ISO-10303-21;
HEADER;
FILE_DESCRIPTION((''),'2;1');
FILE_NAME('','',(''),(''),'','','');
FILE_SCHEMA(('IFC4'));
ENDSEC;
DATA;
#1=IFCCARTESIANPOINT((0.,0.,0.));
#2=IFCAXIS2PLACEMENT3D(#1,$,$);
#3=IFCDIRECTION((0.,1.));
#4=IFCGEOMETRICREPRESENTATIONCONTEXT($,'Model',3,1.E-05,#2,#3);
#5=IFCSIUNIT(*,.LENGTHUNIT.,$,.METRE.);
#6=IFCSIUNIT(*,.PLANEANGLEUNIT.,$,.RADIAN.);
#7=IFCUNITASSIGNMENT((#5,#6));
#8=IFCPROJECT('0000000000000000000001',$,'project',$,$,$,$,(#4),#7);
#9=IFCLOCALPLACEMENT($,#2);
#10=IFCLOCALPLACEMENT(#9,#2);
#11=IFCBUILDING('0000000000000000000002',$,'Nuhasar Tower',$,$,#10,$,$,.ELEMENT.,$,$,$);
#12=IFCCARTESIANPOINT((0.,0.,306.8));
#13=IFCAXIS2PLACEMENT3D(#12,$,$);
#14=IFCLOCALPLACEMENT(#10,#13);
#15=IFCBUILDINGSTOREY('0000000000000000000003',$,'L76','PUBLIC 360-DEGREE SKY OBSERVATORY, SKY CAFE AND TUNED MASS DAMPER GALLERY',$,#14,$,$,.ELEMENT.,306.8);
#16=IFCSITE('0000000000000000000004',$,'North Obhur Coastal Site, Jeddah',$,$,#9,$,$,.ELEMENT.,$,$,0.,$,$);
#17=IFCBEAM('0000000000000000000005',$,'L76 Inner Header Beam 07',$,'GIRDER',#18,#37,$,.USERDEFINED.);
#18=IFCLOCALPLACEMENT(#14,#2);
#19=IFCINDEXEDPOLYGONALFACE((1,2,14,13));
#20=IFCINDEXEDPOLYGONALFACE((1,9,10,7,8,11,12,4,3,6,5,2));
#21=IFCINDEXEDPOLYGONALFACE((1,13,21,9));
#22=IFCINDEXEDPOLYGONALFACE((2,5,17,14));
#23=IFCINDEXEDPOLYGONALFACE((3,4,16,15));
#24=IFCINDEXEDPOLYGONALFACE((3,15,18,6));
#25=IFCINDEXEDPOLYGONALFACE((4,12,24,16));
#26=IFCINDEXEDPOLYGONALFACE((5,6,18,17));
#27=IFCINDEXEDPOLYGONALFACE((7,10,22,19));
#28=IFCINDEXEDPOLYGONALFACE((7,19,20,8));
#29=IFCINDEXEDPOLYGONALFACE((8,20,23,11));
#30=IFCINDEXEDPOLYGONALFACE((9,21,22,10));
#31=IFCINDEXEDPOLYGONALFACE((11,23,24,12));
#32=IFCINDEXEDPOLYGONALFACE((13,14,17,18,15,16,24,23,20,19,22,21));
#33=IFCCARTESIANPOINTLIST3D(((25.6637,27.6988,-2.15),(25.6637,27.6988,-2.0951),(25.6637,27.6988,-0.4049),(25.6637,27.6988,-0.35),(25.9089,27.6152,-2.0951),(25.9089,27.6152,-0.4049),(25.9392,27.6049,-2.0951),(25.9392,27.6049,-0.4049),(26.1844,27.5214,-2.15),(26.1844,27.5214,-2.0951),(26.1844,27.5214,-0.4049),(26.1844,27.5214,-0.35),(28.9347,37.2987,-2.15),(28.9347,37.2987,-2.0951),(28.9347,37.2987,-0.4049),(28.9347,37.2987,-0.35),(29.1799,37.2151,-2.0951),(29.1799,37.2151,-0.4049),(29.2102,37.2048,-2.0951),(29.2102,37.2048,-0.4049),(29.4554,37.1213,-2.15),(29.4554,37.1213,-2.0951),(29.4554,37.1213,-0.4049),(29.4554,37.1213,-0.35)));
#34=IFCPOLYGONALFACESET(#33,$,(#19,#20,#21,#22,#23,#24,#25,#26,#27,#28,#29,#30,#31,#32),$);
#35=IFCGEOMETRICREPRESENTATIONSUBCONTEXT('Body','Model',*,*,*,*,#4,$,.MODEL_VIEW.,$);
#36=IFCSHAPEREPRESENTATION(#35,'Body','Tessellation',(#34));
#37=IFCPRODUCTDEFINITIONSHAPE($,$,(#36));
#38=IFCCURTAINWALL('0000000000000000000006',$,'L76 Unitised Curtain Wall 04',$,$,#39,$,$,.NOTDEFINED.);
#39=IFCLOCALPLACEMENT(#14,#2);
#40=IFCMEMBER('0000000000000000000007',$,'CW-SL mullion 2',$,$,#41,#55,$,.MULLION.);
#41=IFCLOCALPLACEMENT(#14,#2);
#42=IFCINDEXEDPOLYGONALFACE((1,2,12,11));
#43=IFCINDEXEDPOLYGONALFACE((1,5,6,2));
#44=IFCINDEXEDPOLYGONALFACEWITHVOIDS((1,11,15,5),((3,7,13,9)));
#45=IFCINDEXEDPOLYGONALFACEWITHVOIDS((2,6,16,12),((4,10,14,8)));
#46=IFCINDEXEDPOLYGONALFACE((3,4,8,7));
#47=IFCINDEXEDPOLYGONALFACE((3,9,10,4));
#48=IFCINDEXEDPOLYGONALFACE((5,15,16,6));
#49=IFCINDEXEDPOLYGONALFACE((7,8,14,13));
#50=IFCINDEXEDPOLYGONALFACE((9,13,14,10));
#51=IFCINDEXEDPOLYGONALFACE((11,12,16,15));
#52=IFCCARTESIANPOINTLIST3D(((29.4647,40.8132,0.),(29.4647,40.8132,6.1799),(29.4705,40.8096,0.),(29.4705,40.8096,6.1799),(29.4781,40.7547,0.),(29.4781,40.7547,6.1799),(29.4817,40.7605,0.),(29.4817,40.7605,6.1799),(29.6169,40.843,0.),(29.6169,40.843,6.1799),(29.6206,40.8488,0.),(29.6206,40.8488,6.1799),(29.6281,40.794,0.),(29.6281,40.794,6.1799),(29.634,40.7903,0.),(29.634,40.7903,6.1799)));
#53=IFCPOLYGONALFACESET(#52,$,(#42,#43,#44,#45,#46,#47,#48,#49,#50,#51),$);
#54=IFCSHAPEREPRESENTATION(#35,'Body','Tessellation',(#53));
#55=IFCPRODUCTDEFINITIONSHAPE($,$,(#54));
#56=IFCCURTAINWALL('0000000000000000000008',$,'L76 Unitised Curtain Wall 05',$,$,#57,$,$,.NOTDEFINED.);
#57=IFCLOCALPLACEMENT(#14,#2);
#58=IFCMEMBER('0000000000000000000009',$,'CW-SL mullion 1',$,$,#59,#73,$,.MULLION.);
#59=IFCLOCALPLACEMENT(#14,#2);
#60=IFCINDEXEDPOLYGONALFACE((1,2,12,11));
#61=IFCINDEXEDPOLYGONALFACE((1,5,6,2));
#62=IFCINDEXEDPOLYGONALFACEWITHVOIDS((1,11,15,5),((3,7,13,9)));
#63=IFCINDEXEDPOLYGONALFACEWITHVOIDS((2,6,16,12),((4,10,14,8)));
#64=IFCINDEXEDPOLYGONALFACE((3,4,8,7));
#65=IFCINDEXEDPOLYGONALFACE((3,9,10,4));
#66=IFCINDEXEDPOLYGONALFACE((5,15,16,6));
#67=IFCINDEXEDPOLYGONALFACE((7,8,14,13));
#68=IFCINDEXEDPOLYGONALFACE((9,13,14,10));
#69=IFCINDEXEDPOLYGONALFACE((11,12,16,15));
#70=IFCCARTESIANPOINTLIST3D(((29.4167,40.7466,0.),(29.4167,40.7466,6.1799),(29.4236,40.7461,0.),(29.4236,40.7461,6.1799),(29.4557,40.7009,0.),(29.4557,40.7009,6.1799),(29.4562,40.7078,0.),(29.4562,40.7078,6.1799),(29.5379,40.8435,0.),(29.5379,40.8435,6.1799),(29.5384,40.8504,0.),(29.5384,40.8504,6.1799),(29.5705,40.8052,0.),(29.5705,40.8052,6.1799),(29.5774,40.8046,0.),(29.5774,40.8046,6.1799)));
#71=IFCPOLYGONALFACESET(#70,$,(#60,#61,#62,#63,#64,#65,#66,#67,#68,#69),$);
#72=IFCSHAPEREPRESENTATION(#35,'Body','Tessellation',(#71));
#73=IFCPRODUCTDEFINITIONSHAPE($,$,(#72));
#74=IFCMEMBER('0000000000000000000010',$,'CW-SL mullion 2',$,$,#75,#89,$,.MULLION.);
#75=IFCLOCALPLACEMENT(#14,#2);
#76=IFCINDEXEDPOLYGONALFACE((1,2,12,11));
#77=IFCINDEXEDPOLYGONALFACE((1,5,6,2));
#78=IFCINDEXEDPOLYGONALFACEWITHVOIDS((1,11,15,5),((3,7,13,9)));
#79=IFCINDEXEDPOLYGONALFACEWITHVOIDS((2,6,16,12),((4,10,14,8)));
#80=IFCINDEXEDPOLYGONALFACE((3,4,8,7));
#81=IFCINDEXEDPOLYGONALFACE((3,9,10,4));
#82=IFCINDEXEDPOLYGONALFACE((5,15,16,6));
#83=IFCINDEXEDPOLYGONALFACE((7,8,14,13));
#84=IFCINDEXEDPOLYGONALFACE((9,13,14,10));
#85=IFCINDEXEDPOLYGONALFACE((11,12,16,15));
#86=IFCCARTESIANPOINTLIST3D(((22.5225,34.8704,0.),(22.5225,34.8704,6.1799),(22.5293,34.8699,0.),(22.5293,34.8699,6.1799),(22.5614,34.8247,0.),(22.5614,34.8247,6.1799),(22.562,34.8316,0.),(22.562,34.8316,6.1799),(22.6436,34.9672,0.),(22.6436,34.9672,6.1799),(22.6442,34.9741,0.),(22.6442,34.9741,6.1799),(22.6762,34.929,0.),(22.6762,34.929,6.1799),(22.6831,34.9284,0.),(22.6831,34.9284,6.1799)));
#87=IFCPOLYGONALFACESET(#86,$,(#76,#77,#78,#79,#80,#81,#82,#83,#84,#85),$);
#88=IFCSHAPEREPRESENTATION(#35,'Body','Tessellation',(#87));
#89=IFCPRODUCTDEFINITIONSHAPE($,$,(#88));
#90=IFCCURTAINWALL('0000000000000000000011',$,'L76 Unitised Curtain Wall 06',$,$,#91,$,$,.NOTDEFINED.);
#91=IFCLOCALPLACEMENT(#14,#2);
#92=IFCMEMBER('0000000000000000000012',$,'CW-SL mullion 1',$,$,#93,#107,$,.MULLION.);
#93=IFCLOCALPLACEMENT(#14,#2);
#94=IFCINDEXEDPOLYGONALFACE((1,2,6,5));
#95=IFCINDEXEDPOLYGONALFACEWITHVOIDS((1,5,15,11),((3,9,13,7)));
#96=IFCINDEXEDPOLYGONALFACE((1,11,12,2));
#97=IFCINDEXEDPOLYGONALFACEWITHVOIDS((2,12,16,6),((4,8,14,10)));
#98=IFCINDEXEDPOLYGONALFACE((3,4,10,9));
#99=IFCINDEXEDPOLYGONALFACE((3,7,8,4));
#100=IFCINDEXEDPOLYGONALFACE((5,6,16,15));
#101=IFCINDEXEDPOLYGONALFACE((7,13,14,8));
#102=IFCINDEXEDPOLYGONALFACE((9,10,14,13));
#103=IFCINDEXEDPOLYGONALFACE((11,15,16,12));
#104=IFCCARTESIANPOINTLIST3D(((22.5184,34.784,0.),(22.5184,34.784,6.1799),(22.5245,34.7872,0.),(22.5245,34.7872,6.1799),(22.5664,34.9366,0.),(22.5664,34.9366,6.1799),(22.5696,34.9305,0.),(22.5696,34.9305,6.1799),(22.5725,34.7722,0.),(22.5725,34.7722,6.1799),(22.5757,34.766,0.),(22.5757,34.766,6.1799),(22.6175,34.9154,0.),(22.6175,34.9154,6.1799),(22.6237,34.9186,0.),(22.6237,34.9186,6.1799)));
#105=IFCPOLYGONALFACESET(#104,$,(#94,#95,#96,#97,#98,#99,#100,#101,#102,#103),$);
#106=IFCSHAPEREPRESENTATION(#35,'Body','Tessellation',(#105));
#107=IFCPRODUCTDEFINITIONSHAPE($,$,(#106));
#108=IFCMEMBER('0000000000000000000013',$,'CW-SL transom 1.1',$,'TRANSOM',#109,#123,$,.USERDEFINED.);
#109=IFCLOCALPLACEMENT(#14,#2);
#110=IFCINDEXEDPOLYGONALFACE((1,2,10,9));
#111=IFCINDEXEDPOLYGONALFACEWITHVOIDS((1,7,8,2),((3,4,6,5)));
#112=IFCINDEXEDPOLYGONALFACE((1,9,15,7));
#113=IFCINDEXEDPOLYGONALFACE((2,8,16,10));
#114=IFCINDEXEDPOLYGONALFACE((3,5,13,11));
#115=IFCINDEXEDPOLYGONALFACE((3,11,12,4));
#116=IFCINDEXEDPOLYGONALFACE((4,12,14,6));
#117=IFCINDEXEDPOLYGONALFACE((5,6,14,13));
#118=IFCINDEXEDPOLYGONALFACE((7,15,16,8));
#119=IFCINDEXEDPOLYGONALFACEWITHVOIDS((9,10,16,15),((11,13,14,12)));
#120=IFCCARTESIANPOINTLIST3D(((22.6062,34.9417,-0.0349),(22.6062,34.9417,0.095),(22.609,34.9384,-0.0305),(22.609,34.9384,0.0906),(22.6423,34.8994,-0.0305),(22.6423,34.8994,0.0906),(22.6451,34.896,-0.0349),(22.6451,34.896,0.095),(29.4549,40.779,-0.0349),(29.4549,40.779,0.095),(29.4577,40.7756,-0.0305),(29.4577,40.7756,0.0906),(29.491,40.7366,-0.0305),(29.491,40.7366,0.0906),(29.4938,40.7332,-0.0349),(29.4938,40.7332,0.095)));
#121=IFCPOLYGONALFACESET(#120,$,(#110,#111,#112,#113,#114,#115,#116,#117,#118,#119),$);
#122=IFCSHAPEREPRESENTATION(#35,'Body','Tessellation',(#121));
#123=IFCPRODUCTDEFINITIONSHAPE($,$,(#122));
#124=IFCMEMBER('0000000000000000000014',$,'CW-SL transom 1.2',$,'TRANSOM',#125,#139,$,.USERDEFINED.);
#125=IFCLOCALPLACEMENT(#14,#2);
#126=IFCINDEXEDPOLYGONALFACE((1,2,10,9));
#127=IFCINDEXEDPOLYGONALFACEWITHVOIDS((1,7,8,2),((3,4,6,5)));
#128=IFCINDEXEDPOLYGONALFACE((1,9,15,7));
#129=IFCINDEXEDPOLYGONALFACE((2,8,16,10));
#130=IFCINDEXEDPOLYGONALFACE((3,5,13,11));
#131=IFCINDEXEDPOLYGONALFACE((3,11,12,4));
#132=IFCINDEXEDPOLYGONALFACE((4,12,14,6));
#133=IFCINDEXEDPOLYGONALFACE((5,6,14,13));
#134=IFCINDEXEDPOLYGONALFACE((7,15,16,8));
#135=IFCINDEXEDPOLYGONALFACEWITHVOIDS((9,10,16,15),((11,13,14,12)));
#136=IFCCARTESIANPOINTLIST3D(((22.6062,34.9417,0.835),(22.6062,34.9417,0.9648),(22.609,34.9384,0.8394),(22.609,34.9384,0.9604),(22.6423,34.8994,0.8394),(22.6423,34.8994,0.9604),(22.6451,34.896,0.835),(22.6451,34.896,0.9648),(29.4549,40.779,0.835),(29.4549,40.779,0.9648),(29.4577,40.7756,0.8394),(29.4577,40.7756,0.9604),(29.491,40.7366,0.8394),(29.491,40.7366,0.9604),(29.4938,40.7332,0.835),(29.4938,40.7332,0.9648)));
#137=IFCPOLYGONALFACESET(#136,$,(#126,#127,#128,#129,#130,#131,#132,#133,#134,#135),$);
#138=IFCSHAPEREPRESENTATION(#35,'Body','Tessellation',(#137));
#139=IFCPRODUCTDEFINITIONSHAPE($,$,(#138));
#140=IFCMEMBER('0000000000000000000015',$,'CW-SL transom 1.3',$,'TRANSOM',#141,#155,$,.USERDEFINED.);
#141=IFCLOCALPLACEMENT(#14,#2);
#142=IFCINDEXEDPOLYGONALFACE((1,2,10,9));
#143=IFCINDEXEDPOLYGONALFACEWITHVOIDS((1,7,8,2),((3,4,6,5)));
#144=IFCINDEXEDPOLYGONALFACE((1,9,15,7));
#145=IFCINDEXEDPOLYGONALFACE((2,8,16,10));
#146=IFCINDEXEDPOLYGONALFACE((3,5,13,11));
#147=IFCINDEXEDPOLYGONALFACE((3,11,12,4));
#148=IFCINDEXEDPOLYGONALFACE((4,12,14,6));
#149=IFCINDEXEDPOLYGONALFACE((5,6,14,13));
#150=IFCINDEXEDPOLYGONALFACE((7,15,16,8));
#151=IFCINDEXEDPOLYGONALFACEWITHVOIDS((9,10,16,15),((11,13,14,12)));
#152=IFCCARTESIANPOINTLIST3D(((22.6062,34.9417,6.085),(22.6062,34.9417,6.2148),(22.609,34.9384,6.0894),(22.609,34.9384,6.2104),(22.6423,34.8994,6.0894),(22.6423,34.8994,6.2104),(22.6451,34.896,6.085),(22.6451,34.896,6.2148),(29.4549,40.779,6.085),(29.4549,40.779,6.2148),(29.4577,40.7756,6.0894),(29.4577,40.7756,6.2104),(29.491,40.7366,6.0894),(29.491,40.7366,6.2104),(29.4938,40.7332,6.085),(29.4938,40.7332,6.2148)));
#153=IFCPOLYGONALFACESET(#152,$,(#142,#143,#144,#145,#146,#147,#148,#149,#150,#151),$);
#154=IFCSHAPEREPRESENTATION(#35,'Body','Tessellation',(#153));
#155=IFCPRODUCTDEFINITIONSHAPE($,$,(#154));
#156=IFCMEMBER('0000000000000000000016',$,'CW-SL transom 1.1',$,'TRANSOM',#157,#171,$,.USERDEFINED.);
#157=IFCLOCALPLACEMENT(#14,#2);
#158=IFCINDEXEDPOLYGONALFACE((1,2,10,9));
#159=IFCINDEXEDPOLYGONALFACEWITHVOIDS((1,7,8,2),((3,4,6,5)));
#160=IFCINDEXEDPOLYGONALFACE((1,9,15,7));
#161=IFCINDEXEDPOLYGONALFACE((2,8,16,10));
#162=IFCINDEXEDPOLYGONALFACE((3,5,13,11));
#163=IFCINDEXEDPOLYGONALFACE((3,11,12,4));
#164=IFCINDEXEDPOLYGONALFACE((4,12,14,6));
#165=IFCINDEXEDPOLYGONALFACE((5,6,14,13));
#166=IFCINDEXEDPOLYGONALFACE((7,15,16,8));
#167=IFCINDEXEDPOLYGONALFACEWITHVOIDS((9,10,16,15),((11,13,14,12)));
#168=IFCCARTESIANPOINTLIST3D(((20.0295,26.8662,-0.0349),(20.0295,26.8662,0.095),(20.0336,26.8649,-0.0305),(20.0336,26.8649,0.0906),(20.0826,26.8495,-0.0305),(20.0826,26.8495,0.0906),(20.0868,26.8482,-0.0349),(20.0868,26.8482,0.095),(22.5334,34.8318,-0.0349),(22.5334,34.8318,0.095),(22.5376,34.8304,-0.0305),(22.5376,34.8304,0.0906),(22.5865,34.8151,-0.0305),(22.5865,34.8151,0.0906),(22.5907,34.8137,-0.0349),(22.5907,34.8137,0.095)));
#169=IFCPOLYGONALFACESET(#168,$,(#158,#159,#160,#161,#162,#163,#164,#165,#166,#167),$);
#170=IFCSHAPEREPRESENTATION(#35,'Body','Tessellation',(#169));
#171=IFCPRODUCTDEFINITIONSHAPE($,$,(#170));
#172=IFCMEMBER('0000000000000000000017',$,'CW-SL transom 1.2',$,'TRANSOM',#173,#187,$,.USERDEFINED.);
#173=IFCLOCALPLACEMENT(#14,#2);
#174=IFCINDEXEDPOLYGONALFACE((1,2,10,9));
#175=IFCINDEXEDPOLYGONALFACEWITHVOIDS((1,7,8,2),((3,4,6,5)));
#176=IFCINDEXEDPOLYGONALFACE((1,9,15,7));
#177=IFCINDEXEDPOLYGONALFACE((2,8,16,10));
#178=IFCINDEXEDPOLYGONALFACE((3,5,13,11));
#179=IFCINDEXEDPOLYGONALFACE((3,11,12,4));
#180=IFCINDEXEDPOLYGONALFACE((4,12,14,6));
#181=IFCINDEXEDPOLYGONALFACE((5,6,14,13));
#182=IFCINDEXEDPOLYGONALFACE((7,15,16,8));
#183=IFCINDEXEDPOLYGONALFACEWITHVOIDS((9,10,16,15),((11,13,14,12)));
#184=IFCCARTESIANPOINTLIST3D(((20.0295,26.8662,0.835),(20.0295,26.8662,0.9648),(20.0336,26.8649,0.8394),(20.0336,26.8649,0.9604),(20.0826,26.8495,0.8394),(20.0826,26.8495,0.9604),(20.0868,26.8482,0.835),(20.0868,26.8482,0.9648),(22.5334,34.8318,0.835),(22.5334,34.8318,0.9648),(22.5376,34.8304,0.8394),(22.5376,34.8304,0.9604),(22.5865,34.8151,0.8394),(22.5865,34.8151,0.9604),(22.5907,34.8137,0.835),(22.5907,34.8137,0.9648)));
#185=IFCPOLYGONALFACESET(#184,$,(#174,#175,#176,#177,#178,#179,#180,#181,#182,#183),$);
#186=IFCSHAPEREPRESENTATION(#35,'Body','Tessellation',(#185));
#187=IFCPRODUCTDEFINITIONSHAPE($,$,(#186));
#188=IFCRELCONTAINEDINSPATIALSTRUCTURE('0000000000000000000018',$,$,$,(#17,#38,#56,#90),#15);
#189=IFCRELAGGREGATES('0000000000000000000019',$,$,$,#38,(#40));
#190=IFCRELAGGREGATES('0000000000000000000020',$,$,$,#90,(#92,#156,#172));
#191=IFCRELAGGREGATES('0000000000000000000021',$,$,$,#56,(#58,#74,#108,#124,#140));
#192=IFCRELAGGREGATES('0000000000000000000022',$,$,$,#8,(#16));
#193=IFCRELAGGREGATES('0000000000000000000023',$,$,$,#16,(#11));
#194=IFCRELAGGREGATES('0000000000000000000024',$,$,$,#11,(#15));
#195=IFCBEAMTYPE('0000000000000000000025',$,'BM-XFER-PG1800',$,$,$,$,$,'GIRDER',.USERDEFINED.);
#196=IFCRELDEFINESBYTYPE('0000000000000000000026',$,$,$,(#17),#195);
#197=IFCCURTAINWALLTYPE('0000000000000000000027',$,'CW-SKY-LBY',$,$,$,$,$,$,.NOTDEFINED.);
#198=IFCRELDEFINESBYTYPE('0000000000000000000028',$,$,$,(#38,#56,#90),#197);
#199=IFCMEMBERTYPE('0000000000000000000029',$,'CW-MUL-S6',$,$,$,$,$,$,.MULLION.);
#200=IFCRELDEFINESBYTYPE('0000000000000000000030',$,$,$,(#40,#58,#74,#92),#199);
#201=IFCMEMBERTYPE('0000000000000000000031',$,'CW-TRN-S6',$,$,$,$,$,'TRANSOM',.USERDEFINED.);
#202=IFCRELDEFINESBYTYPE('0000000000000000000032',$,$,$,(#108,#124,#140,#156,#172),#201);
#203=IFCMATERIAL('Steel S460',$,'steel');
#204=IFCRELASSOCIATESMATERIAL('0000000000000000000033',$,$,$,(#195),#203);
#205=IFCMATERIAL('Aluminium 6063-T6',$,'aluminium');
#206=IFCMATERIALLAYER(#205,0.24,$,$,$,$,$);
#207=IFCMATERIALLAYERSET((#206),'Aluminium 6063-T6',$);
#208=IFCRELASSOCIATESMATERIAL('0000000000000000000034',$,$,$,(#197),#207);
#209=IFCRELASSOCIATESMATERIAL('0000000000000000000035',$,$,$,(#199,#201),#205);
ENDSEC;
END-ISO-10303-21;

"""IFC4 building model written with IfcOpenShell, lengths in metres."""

from ifc_helpers import new_model, si_unit, direction, frame, origin, origin_2d, place, context, subcontext, project, spatial, hollow_rectangle, i_section, extrude, material, layer, layer_set, material_profile, profile_set, type_object, element, aggregate, save


model = new_model("IFC4")

# Units and contexts
model_context = context("Model", 3, precision=1e-05, world=origin(), true_north=direction((0.0, 1.0)))
body_context = subcontext(model_context, "Body", "Model", "MODEL_VIEW")
ifc_project = project(units=[si_unit("LENGTHUNIT", "METRE"), si_unit("PLANEANGLEUNIT", "RADIAN")], contexts=[model_context])

# Site, building, storey
site_placement = place(None, origin())
site = spatial("IfcSite", under=ifc_project, at=site_placement, Name="North Obhur Coastal Site, Jeddah", CompositionType="ELEMENT", RefElevation=0.0)
building_placement = place(site_placement, origin())
building = spatial("IfcBuilding", under=site, at=building_placement, Name="Nuhasar Tower", CompositionType="ELEMENT")
storey_placement = place(building_placement, frame((0.0, 0.0, 306.8)))
storey = spatial("IfcBuildingStorey", under=building, at=storey_placement, Name="L76", Description="PUBLIC 360-DEGREE SKY OBSERVATORY, SKY CAFE AND TUNED MASS DAMPER GALLERY", CompositionType="ELEMENT", Elevation=306.8)

# Beam
ifc_material_1 = material(Name="Steel S460", Category="steel")
ifc_material_profile_1 = material_profile(ifc_material_1, i_section(OverallWidth=0.55, OverallDepth=1.8, WebThickness=0.032, FlangeThickness=0.0549, at=origin_2d()), Name="PG1800X550")
ifc_profile_set_1 = profile_set([ifc_material_profile_1], Name="Steel S460")
beam_type_1 = type_object("IfcBeamType", Name="BM-XFER-PG1800", ElementType="GIRDER", PredefinedType="USERDEFINED", material=ifc_profile_set_1)
beam_1_placement = place(storey_placement, frame((29.1951, 37.21, -1.25), z_axis=(-0.322525, -0.946561, 0.0), x_axis=(0.946561, -0.322525, 0.0)))
element("IfcBeam", 1, at=beam_1_placement, inside=storey, type_object=beam_type_1, Name="L76 Inner Header Beam 07", ObjectType="GIRDER", PredefinedType="USERDEFINED", context=body_context, shape_type="SweptSolid", body=[
    extrude(i_section(OverallWidth=0.55, OverallDepth=1.8, WebThickness=0.032, FlangeThickness=0.0549, at=origin_2d()), origin(), (0.0, 0.0, 1.0), 10.1418),
])

# Curtain wall, member
ifc_material_2 = material(Name="Aluminium 6063-T6", Category="aluminium")
ifc_layer_1 = layer(ifc_material_2, 0.24)
ifc_layer_set_1 = layer_set([ifc_layer_1], Name="Aluminium 6063-T6")
curtain_wall_type = type_object("IfcCurtainWallType", Name="CW-SKY-LBY", PredefinedType="NOTDEFINED", material=ifc_layer_set_1)
curtain_wall_1_placement = place(storey_placement, origin())
curtain_wall_1 = element("IfcCurtainWall", 2, at=curtain_wall_1_placement, inside=storey, type_object=curtain_wall_type, Name="L76 Unitised Curtain Wall 04", PredefinedType="NOTDEFINED")
ifc_material_profile_2 = material_profile(ifc_material_2, hollow_rectangle(XDim=0.0601, YDim=0.1599, WallThickness=0.0049, at=origin_2d()), Name="CWM-6")
ifc_profile_set_2 = profile_set([ifc_material_profile_2], Name="Aluminium 6063-T6")
member_type_1 = type_object("IfcMemberType", Name="CW-MUL-S6", PredefinedType="MULLION", material=ifc_profile_set_2)
member_1_placement = place(storey_placement, frame((29.5493, 40.8018, 0.0), z_axis=(0.0, 0.0, 1.0), x_axis=(0.222643, -0.9749, 0.0)))
member_1 = element("IfcMember", 3, at=member_1_placement, type_object=member_type_1, Name="CW-SL mullion 2", PredefinedType="MULLION", context=body_context, shape_type="SweptSolid", body=[
    extrude(hollow_rectangle(XDim=0.0601, YDim=0.1599, WallThickness=0.0049, at=origin_2d()), origin(), (0.0, 0.0, 1.0), 6.1799),
])
aggregate(curtain_wall_1, [member_1])

# Curtain wall, members
curtain_wall_2_placement = place(storey_placement, origin())
curtain_wall_2 = element("IfcCurtainWall", 4, at=curtain_wall_2_placement, inside=storey, type_object=curtain_wall_type, Name="L76 Unitised Curtain Wall 05", PredefinedType="NOTDEFINED")
member_2_placement = place(storey_placement, frame((29.4971, 40.7756, 0.0), z_axis=(0.0, 0.0, 1.0), x_axis=(0.648666, -0.761073, 0.0)))
member_2 = element("IfcMember", 5, at=member_2_placement, type_object=member_type_1, Name="CW-SL mullion 1", PredefinedType="MULLION", context=body_context, shape_type="SweptSolid", body=[
    extrude(hollow_rectangle(XDim=0.0601, YDim=0.1599, WallThickness=0.0049, at=origin_2d()), origin(), (0.0, 0.0, 1.0), 6.1799),
])
member_3_placement = place(storey_placement, frame((22.6028, 34.8994, 0.0), z_axis=(0.0, 0.0, 1.0), x_axis=(0.648666, -0.761073, 0.0)))
member_3 = element("IfcMember", 6, at=member_3_placement, type_object=member_type_1, Name="CW-SL mullion 2", PredefinedType="MULLION", context=body_context, shape_type="SweptSolid", body=[
    extrude(hollow_rectangle(XDim=0.0601, YDim=0.1599, WallThickness=0.0049, at=origin_2d()), origin(), (0.0, 0.0, 1.0), 6.1799),
])

# Curtain wall, member
curtain_wall_3_placement = place(storey_placement, origin())
curtain_wall_3 = element("IfcCurtainWall", 7, at=curtain_wall_3_placement, inside=storey, type_object=curtain_wall_type, Name="L76 Unitised Curtain Wall 06", PredefinedType="NOTDEFINED")
member_4_placement = place(storey_placement, frame((22.571, 34.8513, 0.0), z_axis=(0.0, 0.0, 1.0), x_axis=(0.953974, -0.299888, 0.0)))
member_4 = element("IfcMember", 8, at=member_4_placement, type_object=member_type_1, Name="CW-SL mullion 1", PredefinedType="MULLION", context=body_context, shape_type="SweptSolid", body=[
    extrude(hollow_rectangle(XDim=0.0601, YDim=0.1599, WallThickness=0.0049, at=origin_2d()), origin(), (0.0, 0.0, 1.0), 6.1799),
])

# Members
ifc_material_profile_3 = material_profile(ifc_material_2, hollow_rectangle(XDim=0.0601, YDim=0.1299, WallThickness=0.0044, at=origin_2d()), Name="CWT-6")
ifc_profile_set_3 = profile_set([ifc_material_profile_3], Name="Aluminium 6063-T6")
member_type_2 = type_object("IfcMemberType", Name="CW-TRN-S6", ElementType="TRANSOM", PredefinedType="USERDEFINED", material=ifc_profile_set_3)
member_5_placement = place(storey_placement, frame((29.4744, 40.7561, 0.03), z_axis=(-0.761071, -0.648668, 0.0), x_axis=(0.648668, -0.761071, 0.0)))
member_5 = element("IfcMember", 9, at=member_5_placement, type_object=member_type_2, Name="CW-SL transom 1.1", ObjectType="TRANSOM", PredefinedType="USERDEFINED", context=body_context, shape_type="SweptSolid", body=[
    extrude(hollow_rectangle(XDim=0.0601, YDim=0.1299, WallThickness=0.0044, at=origin_2d()), origin(), (0.0, 0.0, 1.0), 8.9988),
])
member_6_placement = place(storey_placement, frame((29.4744, 40.7561, 0.8999), z_axis=(-0.761071, -0.648668, 0.0), x_axis=(0.648668, -0.761071, 0.0)))
member_6 = element("IfcMember", 10, at=member_6_placement, type_object=member_type_2, Name="CW-SL transom 1.2", ObjectType="TRANSOM", PredefinedType="USERDEFINED", context=body_context, shape_type="SweptSolid", body=[
    extrude(hollow_rectangle(XDim=0.0601, YDim=0.1299, WallThickness=0.0044, at=origin_2d()), origin(), (0.0, 0.0, 1.0), 8.9988),
])
member_7_placement = place(storey_placement, frame((29.4744, 40.7561, 6.1499), z_axis=(-0.761071, -0.648668, 0.0), x_axis=(0.648668, -0.761071, 0.0)))
member_7 = element("IfcMember", 11, at=member_7_placement, type_object=member_type_2, Name="CW-SL transom 1.3", ObjectType="TRANSOM", PredefinedType="USERDEFINED", context=body_context, shape_type="SweptSolid", body=[
    extrude(hollow_rectangle(XDim=0.0601, YDim=0.1299, WallThickness=0.0044, at=origin_2d()), origin(), (0.0, 0.0, 1.0), 8.9988),
])
member_8_placement = place(storey_placement, frame((22.562, 34.8228, 0.03), z_axis=(-0.299874, -0.953979, 0.0), x_axis=(0.953979, -0.299874, 0.0)))
member_8 = element("IfcMember", 12, at=member_8_placement, type_object=member_type_2, Name="CW-SL transom 1.1", ObjectType="TRANSOM", PredefinedType="USERDEFINED", context=body_context, shape_type="SweptSolid", body=[
    extrude(hollow_rectangle(XDim=0.0601, YDim=0.1299, WallThickness=0.0044, at=origin_2d()), origin(), (0.0, 0.0, 1.0), 8.3499),
])
member_9_placement = place(storey_placement, frame((22.562, 34.8228, 0.8999), z_axis=(-0.299874, -0.953979, 0.0), x_axis=(0.953979, -0.299874, 0.0)))
member_9 = element("IfcMember", 13, at=member_9_placement, type_object=member_type_2, Name="CW-SL transom 1.2", ObjectType="TRANSOM", PredefinedType="USERDEFINED", context=body_context, shape_type="SweptSolid", body=[
    extrude(hollow_rectangle(XDim=0.0601, YDim=0.1299, WallThickness=0.0044, at=origin_2d()), origin(), (0.0, 0.0, 1.0), 8.3499),
])
aggregate(curtain_wall_3, [member_4, member_8, member_9])

aggregate(curtain_wall_2, [member_2, member_3, member_5, member_6, member_7])

save(model, "model.ifc")
